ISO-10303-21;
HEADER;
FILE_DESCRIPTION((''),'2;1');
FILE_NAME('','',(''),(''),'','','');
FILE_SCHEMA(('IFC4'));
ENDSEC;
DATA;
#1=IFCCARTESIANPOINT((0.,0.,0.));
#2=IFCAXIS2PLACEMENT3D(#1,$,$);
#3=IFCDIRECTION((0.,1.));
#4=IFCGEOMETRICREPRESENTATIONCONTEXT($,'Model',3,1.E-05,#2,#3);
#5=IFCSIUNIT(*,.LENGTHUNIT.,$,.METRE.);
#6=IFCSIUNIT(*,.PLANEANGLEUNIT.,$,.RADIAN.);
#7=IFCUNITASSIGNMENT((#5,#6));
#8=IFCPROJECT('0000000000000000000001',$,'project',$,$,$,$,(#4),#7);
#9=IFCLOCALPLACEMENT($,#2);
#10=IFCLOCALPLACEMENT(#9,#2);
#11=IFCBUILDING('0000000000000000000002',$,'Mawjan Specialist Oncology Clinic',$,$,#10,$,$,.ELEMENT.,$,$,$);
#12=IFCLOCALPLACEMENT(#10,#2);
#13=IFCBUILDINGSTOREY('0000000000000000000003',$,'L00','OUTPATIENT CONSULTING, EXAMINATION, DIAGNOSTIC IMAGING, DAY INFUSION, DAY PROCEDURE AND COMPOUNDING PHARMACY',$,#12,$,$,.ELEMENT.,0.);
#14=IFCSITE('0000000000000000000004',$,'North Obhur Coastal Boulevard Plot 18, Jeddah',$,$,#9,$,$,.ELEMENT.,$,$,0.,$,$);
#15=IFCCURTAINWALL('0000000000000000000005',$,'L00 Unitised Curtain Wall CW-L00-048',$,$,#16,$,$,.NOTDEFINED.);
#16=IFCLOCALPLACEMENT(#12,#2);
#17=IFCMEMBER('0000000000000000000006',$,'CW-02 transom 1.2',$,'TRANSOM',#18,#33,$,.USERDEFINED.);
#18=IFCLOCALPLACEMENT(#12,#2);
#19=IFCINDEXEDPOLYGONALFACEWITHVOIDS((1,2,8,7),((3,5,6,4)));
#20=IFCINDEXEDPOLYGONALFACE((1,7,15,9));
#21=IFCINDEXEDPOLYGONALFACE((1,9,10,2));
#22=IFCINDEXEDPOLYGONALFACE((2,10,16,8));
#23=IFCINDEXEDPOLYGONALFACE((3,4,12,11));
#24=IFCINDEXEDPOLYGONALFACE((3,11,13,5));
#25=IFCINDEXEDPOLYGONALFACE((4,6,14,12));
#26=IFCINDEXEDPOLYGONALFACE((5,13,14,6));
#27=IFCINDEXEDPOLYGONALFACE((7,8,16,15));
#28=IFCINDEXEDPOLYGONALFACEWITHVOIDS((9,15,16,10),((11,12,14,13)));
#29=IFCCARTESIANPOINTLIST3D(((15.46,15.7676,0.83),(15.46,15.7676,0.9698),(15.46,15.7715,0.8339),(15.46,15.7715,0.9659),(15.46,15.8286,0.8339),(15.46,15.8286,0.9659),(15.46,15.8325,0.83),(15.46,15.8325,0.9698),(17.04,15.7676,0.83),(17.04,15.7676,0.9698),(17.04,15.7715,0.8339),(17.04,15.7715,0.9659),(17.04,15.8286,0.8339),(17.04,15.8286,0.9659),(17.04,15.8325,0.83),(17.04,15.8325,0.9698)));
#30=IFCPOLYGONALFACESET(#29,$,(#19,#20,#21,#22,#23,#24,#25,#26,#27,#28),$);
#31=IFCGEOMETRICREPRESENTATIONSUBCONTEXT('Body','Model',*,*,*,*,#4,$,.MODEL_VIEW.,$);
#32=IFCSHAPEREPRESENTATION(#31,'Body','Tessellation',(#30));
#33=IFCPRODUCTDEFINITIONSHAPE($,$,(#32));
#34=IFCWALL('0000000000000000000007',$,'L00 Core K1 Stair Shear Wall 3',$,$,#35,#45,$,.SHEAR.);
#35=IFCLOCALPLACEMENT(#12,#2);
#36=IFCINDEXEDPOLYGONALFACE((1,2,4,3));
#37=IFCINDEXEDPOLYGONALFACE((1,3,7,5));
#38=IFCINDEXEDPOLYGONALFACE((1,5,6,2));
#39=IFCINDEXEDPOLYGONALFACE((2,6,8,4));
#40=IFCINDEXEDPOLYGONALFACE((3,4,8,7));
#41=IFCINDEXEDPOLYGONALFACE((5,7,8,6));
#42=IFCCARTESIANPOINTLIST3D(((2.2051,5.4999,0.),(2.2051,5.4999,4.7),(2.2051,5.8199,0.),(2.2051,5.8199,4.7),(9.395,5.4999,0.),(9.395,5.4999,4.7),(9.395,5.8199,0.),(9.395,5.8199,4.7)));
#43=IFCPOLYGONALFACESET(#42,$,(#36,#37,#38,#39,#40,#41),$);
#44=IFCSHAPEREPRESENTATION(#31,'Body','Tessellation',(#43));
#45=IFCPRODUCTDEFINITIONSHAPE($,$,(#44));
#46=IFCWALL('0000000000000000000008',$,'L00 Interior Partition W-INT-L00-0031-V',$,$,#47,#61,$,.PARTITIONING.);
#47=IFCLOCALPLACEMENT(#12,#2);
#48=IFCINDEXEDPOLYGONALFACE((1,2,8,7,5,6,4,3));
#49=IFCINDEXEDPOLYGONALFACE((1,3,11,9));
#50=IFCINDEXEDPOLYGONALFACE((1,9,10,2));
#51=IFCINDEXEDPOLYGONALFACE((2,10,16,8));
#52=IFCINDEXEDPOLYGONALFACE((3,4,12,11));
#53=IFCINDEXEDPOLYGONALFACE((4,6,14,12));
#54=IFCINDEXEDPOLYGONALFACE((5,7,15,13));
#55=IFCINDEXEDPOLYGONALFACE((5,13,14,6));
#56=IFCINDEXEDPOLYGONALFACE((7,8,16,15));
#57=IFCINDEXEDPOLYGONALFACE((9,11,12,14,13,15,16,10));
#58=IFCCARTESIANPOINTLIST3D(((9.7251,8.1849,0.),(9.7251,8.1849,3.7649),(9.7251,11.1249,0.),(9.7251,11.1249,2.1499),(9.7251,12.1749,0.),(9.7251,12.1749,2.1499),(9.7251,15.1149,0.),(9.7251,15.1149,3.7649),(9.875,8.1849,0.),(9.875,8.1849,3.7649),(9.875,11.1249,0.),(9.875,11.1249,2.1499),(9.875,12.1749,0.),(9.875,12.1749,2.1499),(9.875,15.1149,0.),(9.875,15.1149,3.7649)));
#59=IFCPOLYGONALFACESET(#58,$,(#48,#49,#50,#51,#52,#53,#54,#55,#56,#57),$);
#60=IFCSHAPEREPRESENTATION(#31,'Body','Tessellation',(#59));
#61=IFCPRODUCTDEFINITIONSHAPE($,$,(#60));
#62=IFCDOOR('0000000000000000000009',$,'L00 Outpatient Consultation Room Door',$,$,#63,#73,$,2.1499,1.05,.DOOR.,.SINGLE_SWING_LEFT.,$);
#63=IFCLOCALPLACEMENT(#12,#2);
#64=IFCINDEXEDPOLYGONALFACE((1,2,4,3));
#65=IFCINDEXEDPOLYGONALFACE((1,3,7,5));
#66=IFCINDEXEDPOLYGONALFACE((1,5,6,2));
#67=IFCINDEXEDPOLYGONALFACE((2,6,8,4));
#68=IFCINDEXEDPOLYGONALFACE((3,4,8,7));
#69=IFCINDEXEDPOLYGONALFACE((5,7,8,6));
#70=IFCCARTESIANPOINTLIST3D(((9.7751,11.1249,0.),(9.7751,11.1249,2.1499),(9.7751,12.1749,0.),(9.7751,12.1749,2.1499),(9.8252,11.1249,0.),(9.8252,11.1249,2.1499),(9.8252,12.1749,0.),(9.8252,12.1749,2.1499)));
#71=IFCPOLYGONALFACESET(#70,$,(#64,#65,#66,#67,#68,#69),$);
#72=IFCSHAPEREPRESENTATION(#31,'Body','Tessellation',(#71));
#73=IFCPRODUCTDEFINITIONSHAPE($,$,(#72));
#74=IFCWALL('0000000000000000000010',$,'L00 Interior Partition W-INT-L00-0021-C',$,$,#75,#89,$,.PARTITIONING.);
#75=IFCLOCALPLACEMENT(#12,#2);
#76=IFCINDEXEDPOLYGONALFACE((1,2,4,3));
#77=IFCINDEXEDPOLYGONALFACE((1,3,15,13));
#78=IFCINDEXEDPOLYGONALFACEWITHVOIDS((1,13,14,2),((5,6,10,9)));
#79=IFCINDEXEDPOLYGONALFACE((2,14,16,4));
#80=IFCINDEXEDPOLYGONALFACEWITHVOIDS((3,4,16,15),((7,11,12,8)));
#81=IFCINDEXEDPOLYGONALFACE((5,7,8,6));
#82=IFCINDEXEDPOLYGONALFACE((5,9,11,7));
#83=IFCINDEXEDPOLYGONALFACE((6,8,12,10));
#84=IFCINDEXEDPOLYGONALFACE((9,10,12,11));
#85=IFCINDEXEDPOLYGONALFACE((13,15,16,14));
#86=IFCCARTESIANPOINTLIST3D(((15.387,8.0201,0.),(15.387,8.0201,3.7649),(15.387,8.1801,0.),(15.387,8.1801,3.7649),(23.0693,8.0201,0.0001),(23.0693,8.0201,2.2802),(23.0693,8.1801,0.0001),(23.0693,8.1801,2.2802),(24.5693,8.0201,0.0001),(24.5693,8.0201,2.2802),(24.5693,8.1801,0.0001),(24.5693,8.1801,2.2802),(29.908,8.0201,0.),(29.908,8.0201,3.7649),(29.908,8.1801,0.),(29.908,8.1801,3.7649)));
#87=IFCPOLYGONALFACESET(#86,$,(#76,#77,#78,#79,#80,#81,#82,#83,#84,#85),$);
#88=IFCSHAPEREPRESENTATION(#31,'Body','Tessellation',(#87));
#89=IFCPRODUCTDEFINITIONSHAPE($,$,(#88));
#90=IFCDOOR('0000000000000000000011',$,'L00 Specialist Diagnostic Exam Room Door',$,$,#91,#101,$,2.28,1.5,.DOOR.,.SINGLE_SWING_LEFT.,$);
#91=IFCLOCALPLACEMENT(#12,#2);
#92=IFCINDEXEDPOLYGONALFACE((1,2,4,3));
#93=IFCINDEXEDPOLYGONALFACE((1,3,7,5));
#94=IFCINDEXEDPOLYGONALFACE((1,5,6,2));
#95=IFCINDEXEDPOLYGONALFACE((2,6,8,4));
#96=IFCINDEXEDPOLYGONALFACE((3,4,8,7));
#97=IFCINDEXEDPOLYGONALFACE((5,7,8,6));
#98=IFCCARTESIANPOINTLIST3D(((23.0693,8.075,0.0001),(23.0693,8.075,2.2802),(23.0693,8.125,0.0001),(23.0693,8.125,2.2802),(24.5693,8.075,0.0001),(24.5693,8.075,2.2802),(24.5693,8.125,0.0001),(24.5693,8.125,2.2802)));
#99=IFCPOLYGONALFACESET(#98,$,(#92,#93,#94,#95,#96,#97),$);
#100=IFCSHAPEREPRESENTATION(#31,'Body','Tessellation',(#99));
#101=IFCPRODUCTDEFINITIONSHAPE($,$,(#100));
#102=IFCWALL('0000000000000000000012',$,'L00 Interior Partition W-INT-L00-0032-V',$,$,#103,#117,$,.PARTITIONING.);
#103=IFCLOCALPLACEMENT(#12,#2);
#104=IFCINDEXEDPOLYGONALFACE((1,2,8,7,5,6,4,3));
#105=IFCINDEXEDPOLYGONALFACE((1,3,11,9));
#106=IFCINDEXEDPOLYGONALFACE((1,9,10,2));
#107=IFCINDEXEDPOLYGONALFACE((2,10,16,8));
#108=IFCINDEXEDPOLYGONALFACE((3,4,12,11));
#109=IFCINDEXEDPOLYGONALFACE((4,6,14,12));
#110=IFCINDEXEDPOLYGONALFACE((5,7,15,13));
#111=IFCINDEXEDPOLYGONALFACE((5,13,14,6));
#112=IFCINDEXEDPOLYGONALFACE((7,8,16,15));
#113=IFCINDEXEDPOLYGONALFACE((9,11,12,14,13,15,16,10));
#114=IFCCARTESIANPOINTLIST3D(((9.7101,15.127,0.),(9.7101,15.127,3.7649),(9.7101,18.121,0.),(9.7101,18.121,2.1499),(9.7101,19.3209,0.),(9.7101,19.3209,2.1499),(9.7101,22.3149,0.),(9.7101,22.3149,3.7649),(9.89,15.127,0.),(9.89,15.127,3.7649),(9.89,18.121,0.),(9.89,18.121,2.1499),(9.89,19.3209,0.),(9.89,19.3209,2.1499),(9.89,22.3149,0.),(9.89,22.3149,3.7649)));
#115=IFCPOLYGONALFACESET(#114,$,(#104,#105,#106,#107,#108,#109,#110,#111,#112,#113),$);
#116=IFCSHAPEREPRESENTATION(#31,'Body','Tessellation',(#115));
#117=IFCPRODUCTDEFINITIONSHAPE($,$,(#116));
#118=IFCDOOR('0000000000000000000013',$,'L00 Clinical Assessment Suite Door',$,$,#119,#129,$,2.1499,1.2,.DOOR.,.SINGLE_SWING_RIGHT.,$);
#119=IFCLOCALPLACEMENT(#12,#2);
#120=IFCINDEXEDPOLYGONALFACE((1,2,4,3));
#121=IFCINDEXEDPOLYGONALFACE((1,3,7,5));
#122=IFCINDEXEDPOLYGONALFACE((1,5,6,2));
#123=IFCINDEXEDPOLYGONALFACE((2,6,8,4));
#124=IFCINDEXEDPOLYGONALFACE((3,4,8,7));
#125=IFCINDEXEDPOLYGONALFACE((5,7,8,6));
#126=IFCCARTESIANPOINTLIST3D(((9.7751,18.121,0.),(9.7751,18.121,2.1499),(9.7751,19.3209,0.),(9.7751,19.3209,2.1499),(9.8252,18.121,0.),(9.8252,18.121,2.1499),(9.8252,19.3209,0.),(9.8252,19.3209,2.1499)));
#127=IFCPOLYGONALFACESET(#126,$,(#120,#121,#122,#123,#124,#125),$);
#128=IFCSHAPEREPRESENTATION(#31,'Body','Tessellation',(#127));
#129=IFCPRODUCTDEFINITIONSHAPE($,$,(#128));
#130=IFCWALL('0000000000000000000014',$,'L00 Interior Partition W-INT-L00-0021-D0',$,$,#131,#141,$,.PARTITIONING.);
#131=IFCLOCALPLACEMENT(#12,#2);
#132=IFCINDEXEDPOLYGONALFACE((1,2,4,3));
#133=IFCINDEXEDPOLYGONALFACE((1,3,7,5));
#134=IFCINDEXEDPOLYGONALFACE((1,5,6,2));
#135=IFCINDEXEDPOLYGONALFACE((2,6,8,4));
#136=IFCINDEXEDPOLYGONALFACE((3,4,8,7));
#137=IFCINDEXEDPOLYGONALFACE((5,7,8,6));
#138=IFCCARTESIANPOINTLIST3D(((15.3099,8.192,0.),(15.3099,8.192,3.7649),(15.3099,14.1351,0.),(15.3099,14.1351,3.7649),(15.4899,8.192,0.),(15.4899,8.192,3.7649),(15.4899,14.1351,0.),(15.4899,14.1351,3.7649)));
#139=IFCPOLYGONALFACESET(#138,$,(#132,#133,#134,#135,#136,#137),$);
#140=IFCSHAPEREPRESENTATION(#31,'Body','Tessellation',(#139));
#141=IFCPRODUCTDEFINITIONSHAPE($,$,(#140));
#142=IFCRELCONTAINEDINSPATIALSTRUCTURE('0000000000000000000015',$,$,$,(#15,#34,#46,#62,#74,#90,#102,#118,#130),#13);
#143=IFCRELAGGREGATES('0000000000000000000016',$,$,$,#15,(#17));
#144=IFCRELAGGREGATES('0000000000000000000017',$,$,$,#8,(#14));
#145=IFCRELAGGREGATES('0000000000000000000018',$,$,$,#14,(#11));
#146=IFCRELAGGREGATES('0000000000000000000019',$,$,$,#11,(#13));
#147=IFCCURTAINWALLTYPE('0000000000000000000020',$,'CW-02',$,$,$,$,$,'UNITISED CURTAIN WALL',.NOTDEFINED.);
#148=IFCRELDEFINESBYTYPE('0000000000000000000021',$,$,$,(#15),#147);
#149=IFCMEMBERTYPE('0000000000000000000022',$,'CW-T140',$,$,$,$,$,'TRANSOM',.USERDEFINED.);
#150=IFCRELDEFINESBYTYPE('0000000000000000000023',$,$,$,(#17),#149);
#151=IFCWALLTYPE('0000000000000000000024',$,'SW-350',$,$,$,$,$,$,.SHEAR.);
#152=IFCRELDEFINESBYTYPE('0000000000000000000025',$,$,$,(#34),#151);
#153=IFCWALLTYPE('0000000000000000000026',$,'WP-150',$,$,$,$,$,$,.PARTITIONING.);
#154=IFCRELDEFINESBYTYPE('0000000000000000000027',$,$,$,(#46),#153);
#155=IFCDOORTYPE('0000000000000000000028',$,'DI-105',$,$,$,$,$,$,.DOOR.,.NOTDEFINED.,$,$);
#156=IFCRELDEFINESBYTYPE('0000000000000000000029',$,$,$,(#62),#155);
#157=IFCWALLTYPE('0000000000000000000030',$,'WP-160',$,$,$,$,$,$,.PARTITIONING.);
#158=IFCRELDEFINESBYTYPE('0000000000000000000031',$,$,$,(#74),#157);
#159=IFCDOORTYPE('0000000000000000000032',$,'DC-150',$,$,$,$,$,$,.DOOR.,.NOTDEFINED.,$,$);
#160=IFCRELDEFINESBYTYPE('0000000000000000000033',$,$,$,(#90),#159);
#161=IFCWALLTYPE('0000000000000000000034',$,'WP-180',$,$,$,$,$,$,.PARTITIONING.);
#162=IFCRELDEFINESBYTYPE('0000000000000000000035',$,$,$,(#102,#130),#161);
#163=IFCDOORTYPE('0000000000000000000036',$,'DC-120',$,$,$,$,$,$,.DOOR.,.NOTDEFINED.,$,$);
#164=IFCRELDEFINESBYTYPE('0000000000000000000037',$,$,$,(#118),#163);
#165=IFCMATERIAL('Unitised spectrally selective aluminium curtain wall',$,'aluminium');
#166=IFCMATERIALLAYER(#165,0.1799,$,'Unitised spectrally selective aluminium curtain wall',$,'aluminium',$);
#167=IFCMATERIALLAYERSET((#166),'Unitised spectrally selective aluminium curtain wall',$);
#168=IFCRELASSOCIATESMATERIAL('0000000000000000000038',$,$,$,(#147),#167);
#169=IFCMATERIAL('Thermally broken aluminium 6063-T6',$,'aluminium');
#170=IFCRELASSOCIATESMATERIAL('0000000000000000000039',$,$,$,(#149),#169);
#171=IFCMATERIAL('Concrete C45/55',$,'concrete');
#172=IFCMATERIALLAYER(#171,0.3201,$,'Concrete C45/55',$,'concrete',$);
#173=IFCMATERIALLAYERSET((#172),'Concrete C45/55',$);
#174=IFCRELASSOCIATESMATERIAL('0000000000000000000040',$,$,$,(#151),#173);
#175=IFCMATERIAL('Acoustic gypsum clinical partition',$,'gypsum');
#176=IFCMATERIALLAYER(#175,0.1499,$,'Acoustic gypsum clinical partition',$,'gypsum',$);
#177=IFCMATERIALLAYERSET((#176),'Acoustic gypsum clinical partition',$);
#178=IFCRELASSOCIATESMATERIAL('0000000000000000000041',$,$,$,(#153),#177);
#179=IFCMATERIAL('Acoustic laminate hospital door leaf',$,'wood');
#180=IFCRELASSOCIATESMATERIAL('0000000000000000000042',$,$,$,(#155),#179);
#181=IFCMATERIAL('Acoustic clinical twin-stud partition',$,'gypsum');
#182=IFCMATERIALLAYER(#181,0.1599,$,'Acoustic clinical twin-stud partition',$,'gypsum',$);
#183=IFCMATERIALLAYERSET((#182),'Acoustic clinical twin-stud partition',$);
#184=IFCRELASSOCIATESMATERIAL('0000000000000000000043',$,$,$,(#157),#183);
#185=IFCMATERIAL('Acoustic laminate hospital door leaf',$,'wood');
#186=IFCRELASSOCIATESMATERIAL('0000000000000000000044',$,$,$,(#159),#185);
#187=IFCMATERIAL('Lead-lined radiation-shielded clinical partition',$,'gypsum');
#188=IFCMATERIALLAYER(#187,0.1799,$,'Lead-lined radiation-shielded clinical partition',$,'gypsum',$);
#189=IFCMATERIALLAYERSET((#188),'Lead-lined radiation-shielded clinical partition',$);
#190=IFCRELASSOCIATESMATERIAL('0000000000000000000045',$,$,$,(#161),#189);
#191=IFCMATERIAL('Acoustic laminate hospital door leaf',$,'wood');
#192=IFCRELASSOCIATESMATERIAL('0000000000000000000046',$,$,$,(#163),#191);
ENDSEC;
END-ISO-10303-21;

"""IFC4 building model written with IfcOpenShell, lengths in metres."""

from ifc_helpers import new_model, si_unit, direction, frame, frame_2d, origin, origin_2d, place, context, subcontext, project, spatial, rectangle, hollow_rectangle, extrude, material, layer, layer_set, material_profile, profile_set, type_object, element, fill, aggregate, save


model = new_model("IFC4")

# Units and contexts
model_context = context("Model", 3, precision=1e-05, world=origin(), true_north=direction((0.0, 1.0)))
body_context = subcontext(model_context, "Body", "Model", "MODEL_VIEW")
ifc_project = project(units=[si_unit("LENGTHUNIT", "METRE"), si_unit("PLANEANGLEUNIT", "RADIAN")], contexts=[model_context])

# Site, building, storey
site_placement = place(None, origin())
site = spatial("IfcSite", under=ifc_project, at=site_placement, Name="North Obhur Coastal Boulevard Plot 18, Jeddah", CompositionType="ELEMENT", RefElevation=0.0)
building_placement = place(site_placement, origin())
building = spatial("IfcBuilding", under=site, at=building_placement, Name="Mawjan Specialist Oncology Clinic", CompositionType="ELEMENT")
storey_placement = place(building_placement, origin())
storey = spatial("IfcBuildingStorey", under=building, at=storey_placement, Name="L00", Description="OUTPATIENT CONSULTING, EXAMINATION, DIAGNOSTIC IMAGING, DAY INFUSION, DAY PROCEDURE AND COMPOUNDING PHARMACY", CompositionType="ELEMENT", Elevation=0.0)

# Curtain wall, member
ifc_material_1 = material(Name="Unitised spectrally selective aluminium curtain wall", Category="aluminium")
ifc_layer_1 = layer(ifc_material_1, 0.1799, Name="Unitised spectrally selective aluminium curtain wall", Category="aluminium")
ifc_layer_set_1 = layer_set([ifc_layer_1], Name="Unitised spectrally selective aluminium curtain wall")
curtain_wall_type = type_object("IfcCurtainWallType", Name="CW-02", ElementType="UNITISED CURTAIN WALL", PredefinedType="NOTDEFINED", material=ifc_layer_set_1)
curtain_wall_placement = place(storey_placement, origin())
curtain_wall = element("IfcCurtainWall", 1, at=curtain_wall_placement, inside=storey, type_object=curtain_wall_type, Name="L00 Unitised Curtain Wall CW-L00-048", PredefinedType="NOTDEFINED")
ifc_material_2 = material(Name="Thermally broken aluminium 6063-T6", Category="aluminium")
ifc_material_profile_1 = material_profile(ifc_material_2, hollow_rectangle(XDim=0.0649, YDim=0.1399, WallThickness=0.0039, at=origin_2d()), Name="ALU TRANSOM 140x65x4", Category="aluminium")
ifc_profile_set_1 = profile_set([ifc_material_profile_1], Name="Thermally broken aluminium 6063-T6")
member_type_1 = type_object("IfcMemberType", Name="CW-T140", ElementType="TRANSOM", PredefinedType="USERDEFINED", material=ifc_profile_set_1)
member_1_placement = place(storey_placement, frame((15.46, 15.8, 0.8999), z_axis=(1.0, 0.0, 0.0), x_axis=(0.0, 1.0, 0.0)))
member_1 = element("IfcMember", 2, at=member_1_placement, type_object=member_type_1, Name="CW-02 transom 1.2", ObjectType="TRANSOM", PredefinedType="USERDEFINED", context=body_context, shape_type="SweptSolid", body=[
    extrude(hollow_rectangle(XDim=0.0649, YDim=0.1399, WallThickness=0.0039, at=origin_2d()), origin(), (0.0, 0.0, 1.0), 1.5801),
])
aggregate(curtain_wall, [member_1])

# Wall
ifc_material_3 = material(Name="Concrete C45/55", Category="concrete")
ifc_layer_2 = layer(ifc_material_3, 0.3201, Name="Concrete C45/55", Category="concrete")
ifc_layer_set_2 = layer_set([ifc_layer_2], Name="Concrete C45/55")
wall_type_1 = type_object("IfcWallType", Name="SW-350", PredefinedType="SHEAR", material=ifc_layer_set_2)
wall_1_placement = place(storey_placement, frame((9.395, 5.6599, 0.0), z_axis=(0.0, 0.0, 1.0), x_axis=(-1.0, 0.0, 0.0)))
element("IfcWall", 3, at=wall_1_placement, inside=storey, type_object=wall_type_1, Name="L00 Core K1 Stair Shear Wall 3", PredefinedType="SHEAR", context=body_context, shape_type="SweptSolid", body=[
    extrude(rectangle(XDim=7.1899, YDim=0.3201, at=frame_2d((3.595, 0.0))), origin(), (0.0, 0.0, 1.0), 4.7),
])

# Walls, openings, doors
ifc_material_4 = material(Name="Acoustic gypsum clinical partition", Category="gypsum")
ifc_layer_3 = layer(ifc_material_4, 0.1499, Name="Acoustic gypsum clinical partition", Category="gypsum")
ifc_layer_set_3 = layer_set([ifc_layer_3], Name="Acoustic gypsum clinical partition")
wall_type_2 = type_object("IfcWallType", Name="WP-150", PredefinedType="PARTITIONING", material=ifc_layer_set_3)
wall_2_placement = place(storey_placement, frame((9.8, 8.1851, 0.0), z_axis=(0.0, 0.0, 1.0), x_axis=(0.0, 1.0, 0.0)))
wall_2 = element("IfcWall", 4, at=wall_2_placement, inside=storey, type_object=wall_type_2, Name="L00 Interior Partition W-INT-L00-0031-V", PredefinedType="PARTITIONING", context=body_context, shape_type="SweptSolid", body=[
    extrude(rectangle(XDim=6.9299, YDim=0.1499, at=frame_2d((3.4648, 0.0))), origin(), (0.0, 0.0, 1.0), 3.7649),
])
opening_1_placement = place(wall_2_placement, frame((2.9399, 0.0, 0.0)))
opening_1 = element("IfcOpeningElement", 5, at=opening_1_placement, cuts=wall_2, PredefinedType="OPENING", context=body_context, shape_type="SweptSolid", body=[
    extrude(rectangle(XDim=1.05, YDim=2.1499, at=frame_2d((0.5249, 1.075))), frame((0.0, 0.0869, 0.0), z_axis=(0.0, -1.0, 0.0), x_axis=(1.0, 0.0, 0.0)), (0.0, 0.0, 1.0), 0.1738),
])
ifc_material_5 = material(Name="Acoustic laminate hospital door leaf", Category="wood")
door_type_1 = type_object("IfcDoorType", Name="DI-105", OperationType="NOTDEFINED", PredefinedType="DOOR", material=ifc_material_5)
door_1_placement = place(opening_1_placement, origin())
door_1 = element("IfcDoor", 6, at=door_1_placement, inside=storey, type_object=door_type_1, Name="L00 Outpatient Consultation Room Door", OperationType="SINGLE_SWING_LEFT", OverallHeight=2.1499, OverallWidth=1.05, PredefinedType="DOOR", context=body_context, shape_type="SweptSolid", body=[
    extrude(rectangle(XDim=1.05, YDim=2.1499, at=frame_2d((0.5249, 1.075))), frame((0.0, 0.0249, 0.0), z_axis=(0.0, -1.0, 0.0), x_axis=(1.0, 0.0, 0.0)), (0.0, 0.0, 1.0), 0.05),
])
fill(opening_1, door_1)
ifc_material_6 = material(Name="Acoustic clinical twin-stud partition", Category="gypsum")
ifc_layer_4 = layer(ifc_material_6, 0.1599, Name="Acoustic clinical twin-stud partition", Category="gypsum")
ifc_layer_set_4 = layer_set([ifc_layer_4], Name="Acoustic clinical twin-stud partition")
wall_type_3 = type_object("IfcWallType", Name="WP-160", PredefinedType="PARTITIONING", material=ifc_layer_set_4)
wall_3_placement = place(storey_placement, frame((15.387, 8.1001, 0.0), z_axis=(0.0, 0.0, 1.0), x_axis=(1.0, 0.0, 0.0)))
wall_3 = element("IfcWall", 7, at=wall_3_placement, inside=storey, type_object=wall_type_3, Name="L00 Interior Partition W-INT-L00-0021-C", PredefinedType="PARTITIONING", context=body_context, shape_type="SweptSolid", body=[
    extrude(rectangle(XDim=14.521, YDim=0.1599, at=frame_2d((7.2605, 0.0))), origin(), (0.0, 0.0, 1.0), 3.7649),
])
opening_2_placement = place(wall_3_placement, frame((7.6824, 0.0, 0.0)))
opening_2 = element("IfcOpeningElement", 8, at=opening_2_placement, cuts=wall_3, PredefinedType="OPENING", context=body_context, shape_type="SweptSolid", body=[
    extrude(rectangle(XDim=1.5, YDim=2.28, at=frame_2d((0.75, 1.1401))), frame((0.0, 0.092, 0.0), z_axis=(0.0, -1.0, 0.0), x_axis=(1.0, 0.0, 0.0)), (0.0, 0.0, 1.0), 0.1838),
])
ifc_material_7 = material(Name="Acoustic laminate hospital door leaf", Category="wood")
door_type_2 = type_object("IfcDoorType", Name="DC-150", OperationType="NOTDEFINED", PredefinedType="DOOR", material=ifc_material_7)
door_2_placement = place(opening_2_placement, origin())
door_2 = element("IfcDoor", 9, at=door_2_placement, inside=storey, type_object=door_type_2, Name="L00 Specialist Diagnostic Exam Room Door", OperationType="SINGLE_SWING_LEFT", OverallHeight=2.28, OverallWidth=1.5, PredefinedType="DOOR", context=body_context, shape_type="SweptSolid", body=[
    extrude(rectangle(XDim=1.5, YDim=2.28, at=frame_2d((0.75, 1.1401))), frame((0.0, 0.0249, 0.0), z_axis=(0.0, -1.0, 0.0), x_axis=(1.0, 0.0, 0.0)), (0.0, 0.0, 1.0), 0.05),
])
fill(opening_2, door_2)
ifc_material_8 = material(Name="Lead-lined radiation-shielded clinical partition", Category="gypsum")
ifc_layer_5 = layer(ifc_material_8, 0.1799, Name="Lead-lined radiation-shielded clinical partition", Category="gypsum")
ifc_layer_set_5 = layer_set([ifc_layer_5], Name="Lead-lined radiation-shielded clinical partition")
wall_type_4 = type_object("IfcWallType", Name="WP-180", PredefinedType="PARTITIONING", material=ifc_layer_set_5)
wall_4_placement = place(storey_placement, frame((9.8, 15.127, 0.0), z_axis=(0.0, 0.0, 1.0), x_axis=(0.0, 1.0, 0.0)))
wall_4 = element("IfcWall", 10, at=wall_4_placement, inside=storey, type_object=wall_type_4, Name="L00 Interior Partition W-INT-L00-0032-V", PredefinedType="PARTITIONING", context=body_context, shape_type="SweptSolid", body=[
    extrude(rectangle(XDim=7.188, YDim=0.1799, at=frame_2d((3.594, 0.0))), origin(), (0.0, 0.0, 1.0), 3.7649),
])
opening_3_placement = place(wall_4_placement, frame((2.9939, 0.0, 0.0)))
opening_3 = element("IfcOpeningElement", 11, at=opening_3_placement, cuts=wall_4, PredefinedType="OPENING", context=body_context, shape_type="SweptSolid", body=[
    extrude(rectangle(XDim=1.2, YDim=2.1499, at=frame_2d((0.6001, 1.075))), frame((0.0, 0.1021, 0.0), z_axis=(0.0, -1.0, 0.0), x_axis=(1.0, 0.0, 0.0)), (0.0, 0.0, 1.0), 0.2039),
])
ifc_material_9 = material(Name="Acoustic laminate hospital door leaf", Category="wood")
door_type_3 = type_object("IfcDoorType", Name="DC-120", OperationType="NOTDEFINED", PredefinedType="DOOR", material=ifc_material_9)
door_3_placement = place(opening_3_placement, origin())
door_3 = element("IfcDoor", 12, at=door_3_placement, inside=storey, type_object=door_type_3, Name="L00 Clinical Assessment Suite Door", OperationType="SINGLE_SWING_RIGHT", OverallHeight=2.1499, OverallWidth=1.2, PredefinedType="DOOR", context=body_context, shape_type="SweptSolid", body=[
    extrude(rectangle(XDim=1.2, YDim=2.1499, at=frame_2d((0.6001, 1.075))), frame((0.0, 0.0249, 0.0), z_axis=(0.0, -1.0, 0.0), x_axis=(1.0, 0.0, 0.0)), (0.0, 0.0, 1.0), 0.05),
])
fill(opening_3, door_3)

# Wall
wall_5_placement = place(storey_placement, frame((15.3999, 8.1919, 0.0), z_axis=(0.0, 0.0, 1.0), x_axis=(0.0, 1.0, 0.0)))
element("IfcWall", 13, at=wall_5_placement, inside=storey, type_object=wall_type_4, Name="L00 Interior Partition W-INT-L00-0021-D0", PredefinedType="PARTITIONING", context=body_context, shape_type="SweptSolid", body=[
    extrude(rectangle(XDim=5.9431, YDim=0.1799, at=frame_2d((2.9717, 0.0))), origin(), (0.0, 0.0, 1.0), 3.7649),
])

save(model, "model.ifc")
